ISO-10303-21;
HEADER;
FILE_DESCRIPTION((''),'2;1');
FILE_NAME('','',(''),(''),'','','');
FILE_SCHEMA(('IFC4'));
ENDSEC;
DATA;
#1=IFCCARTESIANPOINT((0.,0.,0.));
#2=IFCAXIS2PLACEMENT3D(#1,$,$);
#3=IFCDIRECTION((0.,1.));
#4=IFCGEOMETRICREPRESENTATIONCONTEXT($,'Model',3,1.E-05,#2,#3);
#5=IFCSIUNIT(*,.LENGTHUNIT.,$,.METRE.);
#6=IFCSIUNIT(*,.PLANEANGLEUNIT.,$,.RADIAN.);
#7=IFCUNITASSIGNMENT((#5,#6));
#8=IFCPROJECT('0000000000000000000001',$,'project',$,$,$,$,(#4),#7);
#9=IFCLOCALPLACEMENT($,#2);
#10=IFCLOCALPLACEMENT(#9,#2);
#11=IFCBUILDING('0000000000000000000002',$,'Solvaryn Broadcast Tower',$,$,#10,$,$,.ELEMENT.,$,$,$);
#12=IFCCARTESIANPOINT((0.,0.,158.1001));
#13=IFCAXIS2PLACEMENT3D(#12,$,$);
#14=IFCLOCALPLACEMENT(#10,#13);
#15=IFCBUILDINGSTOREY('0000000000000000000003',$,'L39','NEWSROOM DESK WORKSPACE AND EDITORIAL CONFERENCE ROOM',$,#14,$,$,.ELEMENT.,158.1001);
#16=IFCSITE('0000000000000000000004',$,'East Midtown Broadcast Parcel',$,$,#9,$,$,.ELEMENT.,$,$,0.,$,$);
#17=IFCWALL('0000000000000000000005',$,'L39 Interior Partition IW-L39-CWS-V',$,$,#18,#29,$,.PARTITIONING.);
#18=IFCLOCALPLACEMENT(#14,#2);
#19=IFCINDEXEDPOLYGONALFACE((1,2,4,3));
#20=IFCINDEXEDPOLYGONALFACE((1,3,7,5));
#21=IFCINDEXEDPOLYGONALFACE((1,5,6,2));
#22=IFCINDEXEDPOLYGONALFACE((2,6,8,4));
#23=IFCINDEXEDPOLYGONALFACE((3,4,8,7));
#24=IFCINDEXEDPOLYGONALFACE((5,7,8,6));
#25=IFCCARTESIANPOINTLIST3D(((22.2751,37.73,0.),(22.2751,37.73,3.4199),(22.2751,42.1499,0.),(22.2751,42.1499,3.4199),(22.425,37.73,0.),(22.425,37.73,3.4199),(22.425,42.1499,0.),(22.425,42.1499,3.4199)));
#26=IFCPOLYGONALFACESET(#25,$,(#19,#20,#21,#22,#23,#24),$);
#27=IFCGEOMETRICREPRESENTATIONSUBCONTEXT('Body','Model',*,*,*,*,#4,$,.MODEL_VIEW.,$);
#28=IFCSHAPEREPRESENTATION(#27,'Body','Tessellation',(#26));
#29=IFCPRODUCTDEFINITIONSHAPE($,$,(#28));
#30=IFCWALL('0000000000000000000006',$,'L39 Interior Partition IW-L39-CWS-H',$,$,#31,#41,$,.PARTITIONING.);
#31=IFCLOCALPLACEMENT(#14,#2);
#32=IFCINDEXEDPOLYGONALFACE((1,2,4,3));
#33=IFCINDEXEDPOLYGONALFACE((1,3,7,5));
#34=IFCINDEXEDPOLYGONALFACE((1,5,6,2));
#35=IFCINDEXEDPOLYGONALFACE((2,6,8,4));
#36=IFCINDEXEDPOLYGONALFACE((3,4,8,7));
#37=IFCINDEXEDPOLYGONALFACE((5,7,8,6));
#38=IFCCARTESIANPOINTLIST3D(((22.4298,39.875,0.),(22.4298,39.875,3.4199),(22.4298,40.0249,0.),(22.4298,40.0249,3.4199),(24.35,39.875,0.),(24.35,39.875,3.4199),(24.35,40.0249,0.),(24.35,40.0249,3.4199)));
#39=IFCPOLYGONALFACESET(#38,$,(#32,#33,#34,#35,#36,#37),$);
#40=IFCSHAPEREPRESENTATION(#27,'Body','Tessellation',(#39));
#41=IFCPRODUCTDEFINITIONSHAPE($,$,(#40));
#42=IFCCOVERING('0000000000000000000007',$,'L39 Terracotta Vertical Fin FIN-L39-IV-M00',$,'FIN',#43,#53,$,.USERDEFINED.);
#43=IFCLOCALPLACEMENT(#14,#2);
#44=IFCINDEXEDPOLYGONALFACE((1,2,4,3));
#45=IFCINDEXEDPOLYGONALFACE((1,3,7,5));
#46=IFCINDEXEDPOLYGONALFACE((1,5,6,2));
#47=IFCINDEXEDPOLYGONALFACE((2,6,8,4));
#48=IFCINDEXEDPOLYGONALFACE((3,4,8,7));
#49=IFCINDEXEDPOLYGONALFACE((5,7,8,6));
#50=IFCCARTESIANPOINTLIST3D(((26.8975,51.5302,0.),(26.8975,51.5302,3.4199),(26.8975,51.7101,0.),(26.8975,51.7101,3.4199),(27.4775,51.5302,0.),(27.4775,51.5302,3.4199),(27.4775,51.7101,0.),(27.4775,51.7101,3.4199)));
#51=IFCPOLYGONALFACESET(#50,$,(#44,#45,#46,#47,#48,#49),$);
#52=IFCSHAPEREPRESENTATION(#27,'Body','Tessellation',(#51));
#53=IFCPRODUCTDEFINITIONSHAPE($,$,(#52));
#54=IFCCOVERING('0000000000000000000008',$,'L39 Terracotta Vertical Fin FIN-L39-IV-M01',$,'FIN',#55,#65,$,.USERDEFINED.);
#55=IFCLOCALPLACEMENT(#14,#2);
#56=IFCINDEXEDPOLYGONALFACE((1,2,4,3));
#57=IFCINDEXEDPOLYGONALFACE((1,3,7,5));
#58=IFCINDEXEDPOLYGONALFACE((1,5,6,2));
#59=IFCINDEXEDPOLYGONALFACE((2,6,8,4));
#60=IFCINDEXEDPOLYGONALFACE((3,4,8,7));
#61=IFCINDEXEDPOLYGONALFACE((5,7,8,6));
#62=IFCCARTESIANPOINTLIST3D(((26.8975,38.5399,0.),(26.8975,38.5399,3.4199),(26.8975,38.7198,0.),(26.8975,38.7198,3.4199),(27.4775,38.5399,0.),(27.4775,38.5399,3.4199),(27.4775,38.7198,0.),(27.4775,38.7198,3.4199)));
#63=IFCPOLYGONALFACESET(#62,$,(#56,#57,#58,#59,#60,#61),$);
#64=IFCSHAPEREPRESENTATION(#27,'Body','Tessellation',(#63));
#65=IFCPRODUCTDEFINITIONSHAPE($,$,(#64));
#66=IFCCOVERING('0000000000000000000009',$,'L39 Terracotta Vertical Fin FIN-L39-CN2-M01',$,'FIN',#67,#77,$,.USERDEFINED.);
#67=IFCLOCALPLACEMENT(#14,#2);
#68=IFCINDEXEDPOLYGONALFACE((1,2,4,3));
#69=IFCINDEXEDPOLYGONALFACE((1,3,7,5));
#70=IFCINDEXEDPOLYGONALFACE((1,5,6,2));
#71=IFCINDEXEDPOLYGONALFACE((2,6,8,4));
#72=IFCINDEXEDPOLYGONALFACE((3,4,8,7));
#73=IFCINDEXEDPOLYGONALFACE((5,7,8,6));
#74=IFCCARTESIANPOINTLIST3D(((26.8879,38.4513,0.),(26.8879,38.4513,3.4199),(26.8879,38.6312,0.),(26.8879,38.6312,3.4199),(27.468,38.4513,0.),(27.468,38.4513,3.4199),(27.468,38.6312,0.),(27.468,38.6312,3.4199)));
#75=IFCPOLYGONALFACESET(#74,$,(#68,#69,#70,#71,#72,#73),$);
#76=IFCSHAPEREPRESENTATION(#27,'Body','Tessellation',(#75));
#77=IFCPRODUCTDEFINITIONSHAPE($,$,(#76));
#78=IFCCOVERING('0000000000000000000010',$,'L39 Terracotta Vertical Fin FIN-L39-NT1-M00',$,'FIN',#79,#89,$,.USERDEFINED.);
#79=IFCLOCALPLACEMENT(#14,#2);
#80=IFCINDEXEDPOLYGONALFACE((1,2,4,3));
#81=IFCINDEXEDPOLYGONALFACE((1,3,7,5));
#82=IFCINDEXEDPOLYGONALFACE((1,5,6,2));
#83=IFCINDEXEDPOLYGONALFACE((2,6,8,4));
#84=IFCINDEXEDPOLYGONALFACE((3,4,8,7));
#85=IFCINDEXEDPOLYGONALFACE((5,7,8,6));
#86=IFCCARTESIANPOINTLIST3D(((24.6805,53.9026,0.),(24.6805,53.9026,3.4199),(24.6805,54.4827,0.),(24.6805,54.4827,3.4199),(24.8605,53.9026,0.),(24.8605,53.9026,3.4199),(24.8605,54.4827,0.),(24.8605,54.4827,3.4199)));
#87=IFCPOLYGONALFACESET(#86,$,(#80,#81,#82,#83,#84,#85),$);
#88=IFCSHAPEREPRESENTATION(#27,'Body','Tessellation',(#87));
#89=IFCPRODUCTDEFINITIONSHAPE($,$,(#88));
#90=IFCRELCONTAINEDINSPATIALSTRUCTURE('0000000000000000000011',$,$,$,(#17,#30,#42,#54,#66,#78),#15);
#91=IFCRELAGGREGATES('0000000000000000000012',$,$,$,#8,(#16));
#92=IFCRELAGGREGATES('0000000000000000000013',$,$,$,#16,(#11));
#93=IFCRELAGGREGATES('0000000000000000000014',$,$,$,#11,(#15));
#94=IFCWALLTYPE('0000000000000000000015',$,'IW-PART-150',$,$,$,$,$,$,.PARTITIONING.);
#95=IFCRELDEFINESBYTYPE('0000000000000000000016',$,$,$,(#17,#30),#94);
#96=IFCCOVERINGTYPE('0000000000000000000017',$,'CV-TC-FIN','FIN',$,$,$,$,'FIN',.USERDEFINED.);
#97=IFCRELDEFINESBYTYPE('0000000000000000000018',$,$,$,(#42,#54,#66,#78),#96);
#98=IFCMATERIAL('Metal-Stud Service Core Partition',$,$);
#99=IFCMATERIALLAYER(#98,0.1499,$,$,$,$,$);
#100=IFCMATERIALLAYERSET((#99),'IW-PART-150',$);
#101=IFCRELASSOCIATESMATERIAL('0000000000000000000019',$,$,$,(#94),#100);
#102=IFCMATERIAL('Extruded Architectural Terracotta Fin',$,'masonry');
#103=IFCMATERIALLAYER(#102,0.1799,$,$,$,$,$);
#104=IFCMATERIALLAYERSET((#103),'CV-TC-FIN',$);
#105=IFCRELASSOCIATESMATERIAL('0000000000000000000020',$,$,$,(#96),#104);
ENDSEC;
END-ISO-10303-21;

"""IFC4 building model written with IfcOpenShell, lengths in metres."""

from ifc_helpers import new_model, si_unit, direction, frame, frame_2d, origin, origin_2d, place, context, subcontext, project, spatial, rectangle, extrude, material, layer, layer_set, type_object, element, save


model = new_model("IFC4")

# Units and contexts
model_context = context("Model", 3, precision=1e-05, world=origin(), true_north=direction((0.0, 1.0)))
body_context = subcontext(model_context, "Body", "Model", "MODEL_VIEW")
ifc_project = project(units=[si_unit("LENGTHUNIT", "METRE"), si_unit("PLANEANGLEUNIT", "RADIAN")], contexts=[model_context])

# Site, building, storey
site_placement = place(None, origin())
site = spatial("IfcSite", under=ifc_project, at=site_placement, Name="East Midtown Broadcast Parcel", CompositionType="ELEMENT", RefElevation=0.0)
building_placement = place(site_placement, origin())
building = spatial("IfcBuilding", under=site, at=building_placement, Name="Solvaryn Broadcast Tower", CompositionType="ELEMENT")
storey_placement = place(building_placement, frame((0.0, 0.0, 158.1001)))
storey = spatial("IfcBuildingStorey", under=building, at=storey_placement, Name="L39", Description="NEWSROOM DESK WORKSPACE AND EDITORIAL CONFERENCE ROOM", CompositionType="ELEMENT", Elevation=158.1001)

# Walls
ifc_material_1 = material(Name="Metal-Stud Service Core Partition")
ifc_layer_1 = layer(ifc_material_1, 0.1499)
ifc_layer_set_1 = layer_set([ifc_layer_1], Name="IW-PART-150")
wall_type_1 = type_object("IfcWallType", Name="IW-PART-150", PredefinedType="PARTITIONING", material=ifc_layer_set_1)
wall_1_placement = place(storey_placement, frame((22.3501, 37.73, 0.0), z_axis=(0.0, 0.0, 1.0), x_axis=(0.0, 1.0, 0.0)))
element("IfcWall", 1, at=wall_1_placement, inside=storey, type_object=wall_type_1, Name="L39 Interior Partition IW-L39-CWS-V", PredefinedType="PARTITIONING", context=body_context, shape_type="SweptSolid", body=[
    extrude(rectangle(XDim=4.4199, YDim=0.1499, at=frame_2d((2.21, 0.0))), origin(), (0.0, 0.0, 1.0), 3.4199),
])
wall_2_placement = place(storey_placement, frame((22.4299, 39.95, 0.0), z_axis=(0.0, 0.0, 1.0), x_axis=(1.0, 0.0, 0.0)))
element("IfcWall", 2, at=wall_2_placement, inside=storey, type_object=wall_type_1, Name="L39 Interior Partition IW-L39-CWS-H", PredefinedType="PARTITIONING", context=body_context, shape_type="SweptSolid", body=[
    extrude(rectangle(XDim=1.9202, YDim=0.1499, at=frame_2d((0.96, 0.0))), origin(), (0.0, 0.0, 1.0), 3.4199),
])

# Coverings
ifc_material_2 = material(Name="Extruded Architectural Terracotta Fin", Category="masonry")
ifc_layer_2 = layer(ifc_material_2, 0.1799)
ifc_layer_set_2 = layer_set([ifc_layer_2], Name="CV-TC-FIN")
covering_type = type_object("IfcCoveringType", Name="CV-TC-FIN", Description="FIN", ElementType="FIN", PredefinedType="USERDEFINED", material=ifc_layer_set_2)
for number, where, z_axis, x_axis, name in (
    (3, (27.1875, 51.6201, 0.0), (0.0, 0.0, 1.0), (1.0, 0.0, 0.0), "L39 Terracotta Vertical Fin FIN-L39-IV-M00"),
    (4, (27.1875, 38.6299, 0.0), (0.0, 0.0, 1.0), (1.0, 0.0, 0.0), "L39 Terracotta Vertical Fin FIN-L39-IV-M01"),
    (5, (27.178, 38.5413, 0.0), (0.0, 0.0, 1.0), (1.0, 0.0, 0.0), "L39 Terracotta Vertical Fin FIN-L39-CN2-M01"),
):
    element("IfcCovering", number, at=place(storey_placement, frame(where, z_axis=z_axis, x_axis=x_axis)), inside=storey, type_object=covering_type, Name=name, ObjectType="FIN", PredefinedType="USERDEFINED", context=body_context, shape_type="SweptSolid", body=[
        extrude(rectangle(XDim=0.5801, YDim=0.1799, at=origin_2d()), origin(), (0.0, 0.0, 1.0), 3.4199),
    ])
covering_placement = place(storey_placement, frame((24.7705, 54.1926, 0.0), z_axis=(0.0, 0.0, 1.0), x_axis=(1.0, 0.0, 0.0)))
element("IfcCovering", 6, at=covering_placement, inside=storey, type_object=covering_type, Name="L39 Terracotta Vertical Fin FIN-L39-NT1-M00", ObjectType="FIN", PredefinedType="USERDEFINED", context=body_context, shape_type="SweptSolid", body=[
    extrude(rectangle(XDim=0.1799, YDim=0.5801, at=origin_2d()), origin(), (0.0, 0.0, 1.0), 3.4199),
])

save(model, "model.ifc")
